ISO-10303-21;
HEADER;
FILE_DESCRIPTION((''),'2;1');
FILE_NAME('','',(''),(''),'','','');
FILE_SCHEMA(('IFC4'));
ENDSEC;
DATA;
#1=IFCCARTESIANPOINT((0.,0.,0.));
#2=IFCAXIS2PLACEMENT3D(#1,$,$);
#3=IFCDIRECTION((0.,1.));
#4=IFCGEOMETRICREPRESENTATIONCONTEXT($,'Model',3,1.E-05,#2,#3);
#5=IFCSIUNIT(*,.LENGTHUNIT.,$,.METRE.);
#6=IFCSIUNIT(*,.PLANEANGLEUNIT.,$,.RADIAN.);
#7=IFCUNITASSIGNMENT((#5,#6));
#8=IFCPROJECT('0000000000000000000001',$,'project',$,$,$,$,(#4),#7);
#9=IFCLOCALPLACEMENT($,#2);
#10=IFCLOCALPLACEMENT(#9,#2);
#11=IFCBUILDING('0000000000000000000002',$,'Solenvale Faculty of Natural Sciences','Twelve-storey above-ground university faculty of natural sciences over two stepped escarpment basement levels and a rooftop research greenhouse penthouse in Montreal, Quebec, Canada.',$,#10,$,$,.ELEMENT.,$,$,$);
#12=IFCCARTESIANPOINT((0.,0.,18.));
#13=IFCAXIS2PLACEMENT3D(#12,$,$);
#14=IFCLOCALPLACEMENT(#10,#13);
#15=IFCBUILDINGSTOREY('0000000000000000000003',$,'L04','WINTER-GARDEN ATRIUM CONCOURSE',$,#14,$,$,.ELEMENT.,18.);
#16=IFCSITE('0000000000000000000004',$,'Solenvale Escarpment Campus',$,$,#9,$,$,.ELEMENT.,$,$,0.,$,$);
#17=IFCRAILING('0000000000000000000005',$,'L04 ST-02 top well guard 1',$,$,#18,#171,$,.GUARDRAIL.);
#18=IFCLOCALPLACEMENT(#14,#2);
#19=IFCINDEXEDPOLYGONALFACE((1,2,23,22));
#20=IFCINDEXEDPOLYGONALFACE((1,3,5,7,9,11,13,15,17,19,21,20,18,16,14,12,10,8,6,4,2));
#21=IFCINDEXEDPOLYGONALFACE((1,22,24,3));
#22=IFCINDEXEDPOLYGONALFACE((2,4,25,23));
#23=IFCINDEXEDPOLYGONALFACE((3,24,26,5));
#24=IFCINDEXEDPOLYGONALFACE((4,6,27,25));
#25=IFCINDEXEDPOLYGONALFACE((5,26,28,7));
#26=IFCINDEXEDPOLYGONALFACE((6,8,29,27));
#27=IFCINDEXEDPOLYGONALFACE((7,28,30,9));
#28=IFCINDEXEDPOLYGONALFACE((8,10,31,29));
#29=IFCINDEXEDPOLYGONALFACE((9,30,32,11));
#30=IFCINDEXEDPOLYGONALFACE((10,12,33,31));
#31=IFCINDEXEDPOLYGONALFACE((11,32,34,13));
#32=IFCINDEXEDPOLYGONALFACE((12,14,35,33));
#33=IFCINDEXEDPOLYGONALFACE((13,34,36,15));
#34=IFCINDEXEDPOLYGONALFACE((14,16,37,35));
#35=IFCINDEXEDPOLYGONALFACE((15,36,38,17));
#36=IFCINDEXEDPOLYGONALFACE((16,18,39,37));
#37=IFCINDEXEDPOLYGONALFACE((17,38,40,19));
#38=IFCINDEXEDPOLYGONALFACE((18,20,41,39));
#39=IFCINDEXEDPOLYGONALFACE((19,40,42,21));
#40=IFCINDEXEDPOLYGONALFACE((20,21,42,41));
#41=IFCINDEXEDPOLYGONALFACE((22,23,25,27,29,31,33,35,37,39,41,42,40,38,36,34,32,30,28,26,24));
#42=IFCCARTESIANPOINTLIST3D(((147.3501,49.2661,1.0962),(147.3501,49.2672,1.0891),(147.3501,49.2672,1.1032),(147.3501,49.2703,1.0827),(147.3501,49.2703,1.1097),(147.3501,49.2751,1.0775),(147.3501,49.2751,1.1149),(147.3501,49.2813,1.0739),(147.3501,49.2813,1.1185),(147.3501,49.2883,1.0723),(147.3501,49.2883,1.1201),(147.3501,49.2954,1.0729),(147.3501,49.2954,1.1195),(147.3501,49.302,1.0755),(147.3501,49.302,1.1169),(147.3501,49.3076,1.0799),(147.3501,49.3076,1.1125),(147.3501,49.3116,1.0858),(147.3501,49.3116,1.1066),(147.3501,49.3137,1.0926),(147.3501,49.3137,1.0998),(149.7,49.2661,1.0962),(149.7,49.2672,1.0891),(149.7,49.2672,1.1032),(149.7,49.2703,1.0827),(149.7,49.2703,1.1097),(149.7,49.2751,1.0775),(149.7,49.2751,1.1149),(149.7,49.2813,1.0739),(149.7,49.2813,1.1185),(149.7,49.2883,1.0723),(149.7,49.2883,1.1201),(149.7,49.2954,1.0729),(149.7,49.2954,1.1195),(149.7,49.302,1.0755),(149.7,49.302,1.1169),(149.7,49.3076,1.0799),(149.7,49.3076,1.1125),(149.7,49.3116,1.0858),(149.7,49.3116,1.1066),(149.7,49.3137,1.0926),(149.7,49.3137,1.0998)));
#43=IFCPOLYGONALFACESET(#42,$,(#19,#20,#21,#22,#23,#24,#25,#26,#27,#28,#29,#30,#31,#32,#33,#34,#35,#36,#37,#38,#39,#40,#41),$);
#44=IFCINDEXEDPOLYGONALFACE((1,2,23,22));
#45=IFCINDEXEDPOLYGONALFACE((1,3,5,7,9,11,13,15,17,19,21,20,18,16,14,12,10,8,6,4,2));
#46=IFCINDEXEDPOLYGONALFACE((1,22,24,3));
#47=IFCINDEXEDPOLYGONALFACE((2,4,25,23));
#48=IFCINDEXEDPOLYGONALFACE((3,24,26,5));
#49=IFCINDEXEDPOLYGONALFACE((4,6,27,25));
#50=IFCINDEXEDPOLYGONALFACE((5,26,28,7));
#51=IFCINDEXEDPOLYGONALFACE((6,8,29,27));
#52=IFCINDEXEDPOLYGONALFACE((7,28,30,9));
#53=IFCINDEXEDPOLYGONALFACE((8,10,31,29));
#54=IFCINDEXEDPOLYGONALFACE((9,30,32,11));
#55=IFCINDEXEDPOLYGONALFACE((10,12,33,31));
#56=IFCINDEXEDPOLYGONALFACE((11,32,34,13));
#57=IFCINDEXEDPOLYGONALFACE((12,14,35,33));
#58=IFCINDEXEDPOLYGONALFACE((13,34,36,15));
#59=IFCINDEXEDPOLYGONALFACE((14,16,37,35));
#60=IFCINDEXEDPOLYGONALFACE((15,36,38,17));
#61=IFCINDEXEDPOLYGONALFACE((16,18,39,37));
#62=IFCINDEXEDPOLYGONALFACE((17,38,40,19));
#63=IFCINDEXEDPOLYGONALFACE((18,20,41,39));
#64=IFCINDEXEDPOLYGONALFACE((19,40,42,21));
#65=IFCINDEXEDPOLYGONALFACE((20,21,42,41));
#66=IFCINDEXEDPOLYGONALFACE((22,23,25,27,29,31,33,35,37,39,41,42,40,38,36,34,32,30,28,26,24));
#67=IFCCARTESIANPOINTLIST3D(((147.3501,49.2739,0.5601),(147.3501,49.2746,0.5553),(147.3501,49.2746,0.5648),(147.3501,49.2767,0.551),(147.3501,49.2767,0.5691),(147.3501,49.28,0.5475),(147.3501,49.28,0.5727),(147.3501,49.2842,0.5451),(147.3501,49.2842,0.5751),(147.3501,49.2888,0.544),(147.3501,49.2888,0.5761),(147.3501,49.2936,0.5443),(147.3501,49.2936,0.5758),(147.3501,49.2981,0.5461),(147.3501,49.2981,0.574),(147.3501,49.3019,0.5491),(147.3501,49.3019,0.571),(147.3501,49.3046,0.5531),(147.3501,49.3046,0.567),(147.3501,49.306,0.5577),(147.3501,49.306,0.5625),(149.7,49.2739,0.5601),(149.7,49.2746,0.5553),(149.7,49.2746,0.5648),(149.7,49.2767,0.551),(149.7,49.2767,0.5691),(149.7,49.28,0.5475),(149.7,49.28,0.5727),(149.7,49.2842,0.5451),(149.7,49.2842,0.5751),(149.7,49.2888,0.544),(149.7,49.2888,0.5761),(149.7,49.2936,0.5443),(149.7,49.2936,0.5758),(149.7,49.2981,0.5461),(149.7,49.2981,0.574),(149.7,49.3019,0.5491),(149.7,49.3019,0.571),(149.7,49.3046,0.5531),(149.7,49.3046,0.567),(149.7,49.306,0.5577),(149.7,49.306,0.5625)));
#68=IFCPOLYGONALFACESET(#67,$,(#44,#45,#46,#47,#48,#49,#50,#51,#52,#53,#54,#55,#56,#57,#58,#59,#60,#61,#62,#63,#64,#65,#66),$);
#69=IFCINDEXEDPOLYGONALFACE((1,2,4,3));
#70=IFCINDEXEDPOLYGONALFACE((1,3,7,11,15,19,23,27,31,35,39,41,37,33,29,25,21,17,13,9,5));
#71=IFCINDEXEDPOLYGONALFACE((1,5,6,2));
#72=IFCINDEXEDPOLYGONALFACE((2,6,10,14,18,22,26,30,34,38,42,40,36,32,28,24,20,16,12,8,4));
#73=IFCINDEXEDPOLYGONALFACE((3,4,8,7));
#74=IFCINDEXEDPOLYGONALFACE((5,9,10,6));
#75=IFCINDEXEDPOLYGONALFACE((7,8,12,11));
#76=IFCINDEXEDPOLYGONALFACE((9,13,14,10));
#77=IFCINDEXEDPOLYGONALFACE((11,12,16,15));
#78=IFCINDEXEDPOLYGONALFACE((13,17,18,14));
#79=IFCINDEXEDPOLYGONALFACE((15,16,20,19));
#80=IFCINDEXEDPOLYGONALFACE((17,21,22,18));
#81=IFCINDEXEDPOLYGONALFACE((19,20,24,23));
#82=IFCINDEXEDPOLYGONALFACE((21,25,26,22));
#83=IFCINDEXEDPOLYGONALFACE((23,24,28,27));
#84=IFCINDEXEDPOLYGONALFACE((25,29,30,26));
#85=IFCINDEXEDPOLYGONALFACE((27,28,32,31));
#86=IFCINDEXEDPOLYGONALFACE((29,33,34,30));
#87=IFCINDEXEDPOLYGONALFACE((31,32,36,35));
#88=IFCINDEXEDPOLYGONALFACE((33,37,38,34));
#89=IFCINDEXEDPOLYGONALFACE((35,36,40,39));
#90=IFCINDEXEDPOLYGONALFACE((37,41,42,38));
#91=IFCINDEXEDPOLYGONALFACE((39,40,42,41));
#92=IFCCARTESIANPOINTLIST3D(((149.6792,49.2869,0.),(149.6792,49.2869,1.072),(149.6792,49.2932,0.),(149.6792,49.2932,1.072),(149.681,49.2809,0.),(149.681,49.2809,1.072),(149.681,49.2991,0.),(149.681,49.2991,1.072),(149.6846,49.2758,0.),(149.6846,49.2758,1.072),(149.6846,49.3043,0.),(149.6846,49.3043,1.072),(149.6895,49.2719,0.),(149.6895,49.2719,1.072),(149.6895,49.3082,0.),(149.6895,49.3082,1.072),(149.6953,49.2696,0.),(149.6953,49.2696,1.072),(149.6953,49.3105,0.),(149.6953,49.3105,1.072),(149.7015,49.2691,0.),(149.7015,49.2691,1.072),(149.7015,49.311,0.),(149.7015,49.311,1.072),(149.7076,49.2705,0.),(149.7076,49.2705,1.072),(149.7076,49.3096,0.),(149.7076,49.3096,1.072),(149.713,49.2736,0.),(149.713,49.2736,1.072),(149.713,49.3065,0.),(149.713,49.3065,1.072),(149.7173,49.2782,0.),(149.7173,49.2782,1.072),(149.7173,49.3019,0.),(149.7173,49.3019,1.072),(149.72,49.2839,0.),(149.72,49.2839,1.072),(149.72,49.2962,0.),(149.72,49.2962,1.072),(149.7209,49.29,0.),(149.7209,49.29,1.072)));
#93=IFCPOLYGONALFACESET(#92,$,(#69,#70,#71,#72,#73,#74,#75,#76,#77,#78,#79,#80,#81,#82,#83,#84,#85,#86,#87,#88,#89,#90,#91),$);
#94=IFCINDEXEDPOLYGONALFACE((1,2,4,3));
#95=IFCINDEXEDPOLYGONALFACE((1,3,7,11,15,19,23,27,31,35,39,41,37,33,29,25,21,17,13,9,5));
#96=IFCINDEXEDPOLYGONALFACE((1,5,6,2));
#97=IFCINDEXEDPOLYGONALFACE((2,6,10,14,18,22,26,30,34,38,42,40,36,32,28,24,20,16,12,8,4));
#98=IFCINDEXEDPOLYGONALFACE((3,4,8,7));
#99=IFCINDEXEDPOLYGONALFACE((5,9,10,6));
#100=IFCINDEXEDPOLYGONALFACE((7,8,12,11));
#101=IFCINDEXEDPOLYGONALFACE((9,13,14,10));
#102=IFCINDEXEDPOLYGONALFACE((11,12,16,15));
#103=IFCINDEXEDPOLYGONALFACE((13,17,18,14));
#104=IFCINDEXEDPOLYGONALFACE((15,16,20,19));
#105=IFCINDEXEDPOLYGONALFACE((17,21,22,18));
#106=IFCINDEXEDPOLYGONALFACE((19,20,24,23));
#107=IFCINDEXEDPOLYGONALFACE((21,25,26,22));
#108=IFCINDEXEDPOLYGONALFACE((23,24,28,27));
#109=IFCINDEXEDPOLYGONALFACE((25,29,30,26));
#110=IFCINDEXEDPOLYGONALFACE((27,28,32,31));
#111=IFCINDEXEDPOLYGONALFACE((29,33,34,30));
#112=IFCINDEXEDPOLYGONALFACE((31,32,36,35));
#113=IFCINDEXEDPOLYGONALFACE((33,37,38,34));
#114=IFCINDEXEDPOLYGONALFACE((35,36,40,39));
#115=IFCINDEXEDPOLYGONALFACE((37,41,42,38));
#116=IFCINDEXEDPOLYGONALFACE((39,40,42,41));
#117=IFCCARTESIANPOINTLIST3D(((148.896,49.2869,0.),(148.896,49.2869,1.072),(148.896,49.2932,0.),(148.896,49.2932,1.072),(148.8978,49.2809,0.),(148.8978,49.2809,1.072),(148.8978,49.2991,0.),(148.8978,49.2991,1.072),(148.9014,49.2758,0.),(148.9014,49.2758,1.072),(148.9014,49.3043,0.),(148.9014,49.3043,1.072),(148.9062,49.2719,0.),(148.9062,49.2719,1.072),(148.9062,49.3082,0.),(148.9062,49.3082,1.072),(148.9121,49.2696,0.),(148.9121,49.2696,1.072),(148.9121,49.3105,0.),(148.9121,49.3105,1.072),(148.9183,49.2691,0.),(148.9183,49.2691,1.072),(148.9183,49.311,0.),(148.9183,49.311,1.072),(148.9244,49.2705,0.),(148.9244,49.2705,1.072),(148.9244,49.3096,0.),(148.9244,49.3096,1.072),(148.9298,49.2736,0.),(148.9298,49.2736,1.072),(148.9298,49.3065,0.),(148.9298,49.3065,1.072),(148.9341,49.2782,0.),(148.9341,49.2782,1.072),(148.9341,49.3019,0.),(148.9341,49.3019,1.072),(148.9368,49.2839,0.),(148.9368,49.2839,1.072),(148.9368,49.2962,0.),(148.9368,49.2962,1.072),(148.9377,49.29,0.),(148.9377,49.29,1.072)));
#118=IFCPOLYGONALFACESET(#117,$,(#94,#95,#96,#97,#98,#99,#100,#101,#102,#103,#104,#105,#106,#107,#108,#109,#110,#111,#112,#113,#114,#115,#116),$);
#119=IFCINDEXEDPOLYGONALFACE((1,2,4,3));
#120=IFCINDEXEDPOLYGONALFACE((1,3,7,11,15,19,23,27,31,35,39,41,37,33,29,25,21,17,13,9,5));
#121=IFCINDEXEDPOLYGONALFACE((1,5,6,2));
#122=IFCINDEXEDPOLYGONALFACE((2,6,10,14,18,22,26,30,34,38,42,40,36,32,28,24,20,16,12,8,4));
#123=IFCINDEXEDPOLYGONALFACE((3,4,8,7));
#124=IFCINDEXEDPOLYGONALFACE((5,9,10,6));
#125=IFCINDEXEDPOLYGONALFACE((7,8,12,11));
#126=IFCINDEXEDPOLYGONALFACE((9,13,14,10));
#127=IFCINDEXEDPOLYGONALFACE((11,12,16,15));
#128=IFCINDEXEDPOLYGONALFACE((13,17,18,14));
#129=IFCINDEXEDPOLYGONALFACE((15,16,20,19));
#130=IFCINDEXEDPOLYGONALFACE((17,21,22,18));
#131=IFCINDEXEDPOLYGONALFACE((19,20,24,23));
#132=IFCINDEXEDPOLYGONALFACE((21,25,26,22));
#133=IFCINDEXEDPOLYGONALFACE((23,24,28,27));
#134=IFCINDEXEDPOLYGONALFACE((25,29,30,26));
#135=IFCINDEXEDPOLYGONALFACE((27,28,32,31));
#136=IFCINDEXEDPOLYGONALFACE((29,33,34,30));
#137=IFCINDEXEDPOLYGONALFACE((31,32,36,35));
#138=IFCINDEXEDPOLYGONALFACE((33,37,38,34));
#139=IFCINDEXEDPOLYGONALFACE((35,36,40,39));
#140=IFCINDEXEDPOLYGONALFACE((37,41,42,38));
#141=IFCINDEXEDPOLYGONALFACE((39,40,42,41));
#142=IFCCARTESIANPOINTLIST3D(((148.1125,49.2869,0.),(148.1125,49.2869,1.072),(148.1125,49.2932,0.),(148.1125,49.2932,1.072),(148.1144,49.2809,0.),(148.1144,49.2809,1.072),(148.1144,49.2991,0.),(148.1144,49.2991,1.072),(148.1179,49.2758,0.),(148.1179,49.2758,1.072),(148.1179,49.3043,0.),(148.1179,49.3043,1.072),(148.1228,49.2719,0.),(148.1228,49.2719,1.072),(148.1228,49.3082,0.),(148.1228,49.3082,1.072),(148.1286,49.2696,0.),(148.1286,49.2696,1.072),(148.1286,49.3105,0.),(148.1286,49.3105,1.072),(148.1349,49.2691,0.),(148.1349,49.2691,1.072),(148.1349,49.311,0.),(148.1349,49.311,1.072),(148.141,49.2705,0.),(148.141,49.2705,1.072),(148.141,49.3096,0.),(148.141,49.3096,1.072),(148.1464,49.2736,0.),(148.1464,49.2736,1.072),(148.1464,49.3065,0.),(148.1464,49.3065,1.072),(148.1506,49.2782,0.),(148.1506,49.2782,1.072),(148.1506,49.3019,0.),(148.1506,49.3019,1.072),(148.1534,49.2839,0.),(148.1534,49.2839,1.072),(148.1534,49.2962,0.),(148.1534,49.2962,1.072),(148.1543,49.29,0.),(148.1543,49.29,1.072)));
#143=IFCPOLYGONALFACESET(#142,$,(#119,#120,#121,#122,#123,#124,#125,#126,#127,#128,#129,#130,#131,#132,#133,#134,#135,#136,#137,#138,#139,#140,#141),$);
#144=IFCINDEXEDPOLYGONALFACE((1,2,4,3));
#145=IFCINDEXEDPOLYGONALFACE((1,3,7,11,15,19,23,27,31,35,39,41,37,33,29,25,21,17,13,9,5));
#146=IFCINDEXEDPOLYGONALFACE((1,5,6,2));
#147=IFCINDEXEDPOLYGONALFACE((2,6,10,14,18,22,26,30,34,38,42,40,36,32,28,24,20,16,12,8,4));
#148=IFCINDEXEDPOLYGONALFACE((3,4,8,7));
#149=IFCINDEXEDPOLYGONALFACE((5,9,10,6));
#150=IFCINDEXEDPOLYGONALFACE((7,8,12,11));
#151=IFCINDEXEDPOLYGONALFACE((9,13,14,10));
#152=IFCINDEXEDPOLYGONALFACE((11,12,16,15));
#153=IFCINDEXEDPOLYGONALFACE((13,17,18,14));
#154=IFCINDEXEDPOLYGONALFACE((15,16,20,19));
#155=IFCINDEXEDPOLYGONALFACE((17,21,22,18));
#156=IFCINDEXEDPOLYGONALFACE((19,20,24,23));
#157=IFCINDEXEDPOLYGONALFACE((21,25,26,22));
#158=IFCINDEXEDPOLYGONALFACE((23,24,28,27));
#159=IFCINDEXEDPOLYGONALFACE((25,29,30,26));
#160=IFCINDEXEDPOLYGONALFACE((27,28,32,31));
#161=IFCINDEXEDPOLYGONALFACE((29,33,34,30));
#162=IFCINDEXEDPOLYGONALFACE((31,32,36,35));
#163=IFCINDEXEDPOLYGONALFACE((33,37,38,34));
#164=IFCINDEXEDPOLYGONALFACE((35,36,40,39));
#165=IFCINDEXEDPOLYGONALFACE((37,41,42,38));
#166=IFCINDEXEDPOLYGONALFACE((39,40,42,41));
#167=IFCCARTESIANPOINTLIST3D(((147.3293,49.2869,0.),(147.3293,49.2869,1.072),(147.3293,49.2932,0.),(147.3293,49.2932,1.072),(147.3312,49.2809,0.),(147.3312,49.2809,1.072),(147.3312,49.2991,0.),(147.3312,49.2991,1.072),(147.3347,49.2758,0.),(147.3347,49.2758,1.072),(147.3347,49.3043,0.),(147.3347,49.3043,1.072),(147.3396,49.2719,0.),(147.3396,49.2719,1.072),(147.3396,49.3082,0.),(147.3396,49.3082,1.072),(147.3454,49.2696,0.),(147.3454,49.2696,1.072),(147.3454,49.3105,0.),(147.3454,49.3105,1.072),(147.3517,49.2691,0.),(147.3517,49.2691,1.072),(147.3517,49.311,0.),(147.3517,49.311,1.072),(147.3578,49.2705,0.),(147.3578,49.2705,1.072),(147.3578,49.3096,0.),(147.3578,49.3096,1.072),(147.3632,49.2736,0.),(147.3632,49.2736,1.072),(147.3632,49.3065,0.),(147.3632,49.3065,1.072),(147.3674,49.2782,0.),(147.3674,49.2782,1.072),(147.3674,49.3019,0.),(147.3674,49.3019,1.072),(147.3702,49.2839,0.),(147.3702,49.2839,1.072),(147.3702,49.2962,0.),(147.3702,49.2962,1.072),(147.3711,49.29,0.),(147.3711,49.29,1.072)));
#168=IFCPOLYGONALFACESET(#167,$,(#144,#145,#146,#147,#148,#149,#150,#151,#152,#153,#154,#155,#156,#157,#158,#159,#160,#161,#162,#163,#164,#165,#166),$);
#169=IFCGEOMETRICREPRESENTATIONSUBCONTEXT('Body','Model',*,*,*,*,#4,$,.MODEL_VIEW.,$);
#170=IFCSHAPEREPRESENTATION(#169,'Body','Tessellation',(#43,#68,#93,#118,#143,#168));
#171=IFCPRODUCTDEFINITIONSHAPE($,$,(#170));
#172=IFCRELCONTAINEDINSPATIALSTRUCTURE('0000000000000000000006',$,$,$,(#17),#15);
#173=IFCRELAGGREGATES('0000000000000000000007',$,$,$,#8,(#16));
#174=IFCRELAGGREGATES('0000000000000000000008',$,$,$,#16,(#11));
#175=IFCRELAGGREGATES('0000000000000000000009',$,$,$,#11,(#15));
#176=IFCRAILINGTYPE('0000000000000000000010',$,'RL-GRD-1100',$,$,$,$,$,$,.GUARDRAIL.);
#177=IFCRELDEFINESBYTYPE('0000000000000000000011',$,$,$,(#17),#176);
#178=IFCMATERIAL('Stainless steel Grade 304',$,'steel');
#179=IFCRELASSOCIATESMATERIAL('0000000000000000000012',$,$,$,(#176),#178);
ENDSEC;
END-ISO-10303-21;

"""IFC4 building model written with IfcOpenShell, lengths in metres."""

from ifc_helpers import new_model, si_unit, direction, frame, origin, origin_2d, place, context, subcontext, project, spatial, circle, extrude, material, type_object, element, save


model = new_model("IFC4")

# Units and contexts
model_context = context("Model", 3, precision=1e-05, world=origin(), true_north=direction((0.0, 1.0)))
body_context = subcontext(model_context, "Body", "Model", "MODEL_VIEW")
ifc_project = project(units=[si_unit("LENGTHUNIT", "METRE"), si_unit("PLANEANGLEUNIT", "RADIAN")], contexts=[model_context])

# Site, building, storey
site_placement = place(None, origin())
site = spatial("IfcSite", under=ifc_project, at=site_placement, Name="Solenvale Escarpment Campus", CompositionType="ELEMENT", RefElevation=0.0)
building_placement = place(site_placement, origin())
building = spatial("IfcBuilding", under=site, at=building_placement, Name="Solenvale Faculty of Natural Sciences", Description="Twelve-storey above-ground university faculty of natural sciences over two stepped escarpment basement levels and a rooftop research greenhouse penthouse in Montreal, Quebec, Canada.", CompositionType="ELEMENT")
storey_placement = place(building_placement, frame((0.0, 0.0, 18.0)))
storey = spatial("IfcBuildingStorey", under=building, at=storey_placement, Name="L04", Description="WINTER-GARDEN ATRIUM CONCOURSE", CompositionType="ELEMENT", Elevation=18.0)

# Railing
ifc_material_1 = material(Name="Stainless steel Grade 304", Category="steel")
railing_type = type_object("IfcRailingType", Name="RL-GRD-1100", PredefinedType="GUARDRAIL", material=ifc_material_1)
railing_placement = place(storey_placement, frame((149.7, 49.29, 0.0)))
element("IfcRailing", 1, at=railing_placement, inside=storey, type_object=railing_type, Name="L04 ST-02 top well guard 1", PredefinedType="GUARDRAIL", context=body_context, shape_type="SweptSolid", body=[
    extrude(circle(Radius=0.0239, at=origin_2d()), frame((0.0, 0.0, 1.0962), z_axis=(-1.0, 0.0, 0.0), x_axis=(0.0, -1.0, 0.0)), (0.0, 0.0, 1.0), 2.3499),
    extrude(circle(Radius=0.0161, at=origin_2d()), frame((0.0, 0.0, 0.5601), z_axis=(-1.0, 0.0, 0.0), x_axis=(0.0, -1.0, 0.0)), (0.0, 0.0, 1.0), 2.3499),
    extrude(circle(Radius=0.021, at=origin_2d()), origin(), (0.0, 0.0, 1.0), 1.072),
    extrude(circle(Radius=0.021, at=origin_2d()), frame((-0.7832, 0.0, 0.0)), (0.0, 0.0, 1.0), 1.072),
    extrude(circle(Radius=0.021, at=origin_2d()), frame((-1.5667, 0.0, 0.0)), (0.0, 0.0, 1.0), 1.072),
    extrude(circle(Radius=0.021, at=origin_2d()), frame((-2.3499, 0.0, 0.0)), (0.0, 0.0, 1.0), 1.072),
])

save(model, "model.ifc")
